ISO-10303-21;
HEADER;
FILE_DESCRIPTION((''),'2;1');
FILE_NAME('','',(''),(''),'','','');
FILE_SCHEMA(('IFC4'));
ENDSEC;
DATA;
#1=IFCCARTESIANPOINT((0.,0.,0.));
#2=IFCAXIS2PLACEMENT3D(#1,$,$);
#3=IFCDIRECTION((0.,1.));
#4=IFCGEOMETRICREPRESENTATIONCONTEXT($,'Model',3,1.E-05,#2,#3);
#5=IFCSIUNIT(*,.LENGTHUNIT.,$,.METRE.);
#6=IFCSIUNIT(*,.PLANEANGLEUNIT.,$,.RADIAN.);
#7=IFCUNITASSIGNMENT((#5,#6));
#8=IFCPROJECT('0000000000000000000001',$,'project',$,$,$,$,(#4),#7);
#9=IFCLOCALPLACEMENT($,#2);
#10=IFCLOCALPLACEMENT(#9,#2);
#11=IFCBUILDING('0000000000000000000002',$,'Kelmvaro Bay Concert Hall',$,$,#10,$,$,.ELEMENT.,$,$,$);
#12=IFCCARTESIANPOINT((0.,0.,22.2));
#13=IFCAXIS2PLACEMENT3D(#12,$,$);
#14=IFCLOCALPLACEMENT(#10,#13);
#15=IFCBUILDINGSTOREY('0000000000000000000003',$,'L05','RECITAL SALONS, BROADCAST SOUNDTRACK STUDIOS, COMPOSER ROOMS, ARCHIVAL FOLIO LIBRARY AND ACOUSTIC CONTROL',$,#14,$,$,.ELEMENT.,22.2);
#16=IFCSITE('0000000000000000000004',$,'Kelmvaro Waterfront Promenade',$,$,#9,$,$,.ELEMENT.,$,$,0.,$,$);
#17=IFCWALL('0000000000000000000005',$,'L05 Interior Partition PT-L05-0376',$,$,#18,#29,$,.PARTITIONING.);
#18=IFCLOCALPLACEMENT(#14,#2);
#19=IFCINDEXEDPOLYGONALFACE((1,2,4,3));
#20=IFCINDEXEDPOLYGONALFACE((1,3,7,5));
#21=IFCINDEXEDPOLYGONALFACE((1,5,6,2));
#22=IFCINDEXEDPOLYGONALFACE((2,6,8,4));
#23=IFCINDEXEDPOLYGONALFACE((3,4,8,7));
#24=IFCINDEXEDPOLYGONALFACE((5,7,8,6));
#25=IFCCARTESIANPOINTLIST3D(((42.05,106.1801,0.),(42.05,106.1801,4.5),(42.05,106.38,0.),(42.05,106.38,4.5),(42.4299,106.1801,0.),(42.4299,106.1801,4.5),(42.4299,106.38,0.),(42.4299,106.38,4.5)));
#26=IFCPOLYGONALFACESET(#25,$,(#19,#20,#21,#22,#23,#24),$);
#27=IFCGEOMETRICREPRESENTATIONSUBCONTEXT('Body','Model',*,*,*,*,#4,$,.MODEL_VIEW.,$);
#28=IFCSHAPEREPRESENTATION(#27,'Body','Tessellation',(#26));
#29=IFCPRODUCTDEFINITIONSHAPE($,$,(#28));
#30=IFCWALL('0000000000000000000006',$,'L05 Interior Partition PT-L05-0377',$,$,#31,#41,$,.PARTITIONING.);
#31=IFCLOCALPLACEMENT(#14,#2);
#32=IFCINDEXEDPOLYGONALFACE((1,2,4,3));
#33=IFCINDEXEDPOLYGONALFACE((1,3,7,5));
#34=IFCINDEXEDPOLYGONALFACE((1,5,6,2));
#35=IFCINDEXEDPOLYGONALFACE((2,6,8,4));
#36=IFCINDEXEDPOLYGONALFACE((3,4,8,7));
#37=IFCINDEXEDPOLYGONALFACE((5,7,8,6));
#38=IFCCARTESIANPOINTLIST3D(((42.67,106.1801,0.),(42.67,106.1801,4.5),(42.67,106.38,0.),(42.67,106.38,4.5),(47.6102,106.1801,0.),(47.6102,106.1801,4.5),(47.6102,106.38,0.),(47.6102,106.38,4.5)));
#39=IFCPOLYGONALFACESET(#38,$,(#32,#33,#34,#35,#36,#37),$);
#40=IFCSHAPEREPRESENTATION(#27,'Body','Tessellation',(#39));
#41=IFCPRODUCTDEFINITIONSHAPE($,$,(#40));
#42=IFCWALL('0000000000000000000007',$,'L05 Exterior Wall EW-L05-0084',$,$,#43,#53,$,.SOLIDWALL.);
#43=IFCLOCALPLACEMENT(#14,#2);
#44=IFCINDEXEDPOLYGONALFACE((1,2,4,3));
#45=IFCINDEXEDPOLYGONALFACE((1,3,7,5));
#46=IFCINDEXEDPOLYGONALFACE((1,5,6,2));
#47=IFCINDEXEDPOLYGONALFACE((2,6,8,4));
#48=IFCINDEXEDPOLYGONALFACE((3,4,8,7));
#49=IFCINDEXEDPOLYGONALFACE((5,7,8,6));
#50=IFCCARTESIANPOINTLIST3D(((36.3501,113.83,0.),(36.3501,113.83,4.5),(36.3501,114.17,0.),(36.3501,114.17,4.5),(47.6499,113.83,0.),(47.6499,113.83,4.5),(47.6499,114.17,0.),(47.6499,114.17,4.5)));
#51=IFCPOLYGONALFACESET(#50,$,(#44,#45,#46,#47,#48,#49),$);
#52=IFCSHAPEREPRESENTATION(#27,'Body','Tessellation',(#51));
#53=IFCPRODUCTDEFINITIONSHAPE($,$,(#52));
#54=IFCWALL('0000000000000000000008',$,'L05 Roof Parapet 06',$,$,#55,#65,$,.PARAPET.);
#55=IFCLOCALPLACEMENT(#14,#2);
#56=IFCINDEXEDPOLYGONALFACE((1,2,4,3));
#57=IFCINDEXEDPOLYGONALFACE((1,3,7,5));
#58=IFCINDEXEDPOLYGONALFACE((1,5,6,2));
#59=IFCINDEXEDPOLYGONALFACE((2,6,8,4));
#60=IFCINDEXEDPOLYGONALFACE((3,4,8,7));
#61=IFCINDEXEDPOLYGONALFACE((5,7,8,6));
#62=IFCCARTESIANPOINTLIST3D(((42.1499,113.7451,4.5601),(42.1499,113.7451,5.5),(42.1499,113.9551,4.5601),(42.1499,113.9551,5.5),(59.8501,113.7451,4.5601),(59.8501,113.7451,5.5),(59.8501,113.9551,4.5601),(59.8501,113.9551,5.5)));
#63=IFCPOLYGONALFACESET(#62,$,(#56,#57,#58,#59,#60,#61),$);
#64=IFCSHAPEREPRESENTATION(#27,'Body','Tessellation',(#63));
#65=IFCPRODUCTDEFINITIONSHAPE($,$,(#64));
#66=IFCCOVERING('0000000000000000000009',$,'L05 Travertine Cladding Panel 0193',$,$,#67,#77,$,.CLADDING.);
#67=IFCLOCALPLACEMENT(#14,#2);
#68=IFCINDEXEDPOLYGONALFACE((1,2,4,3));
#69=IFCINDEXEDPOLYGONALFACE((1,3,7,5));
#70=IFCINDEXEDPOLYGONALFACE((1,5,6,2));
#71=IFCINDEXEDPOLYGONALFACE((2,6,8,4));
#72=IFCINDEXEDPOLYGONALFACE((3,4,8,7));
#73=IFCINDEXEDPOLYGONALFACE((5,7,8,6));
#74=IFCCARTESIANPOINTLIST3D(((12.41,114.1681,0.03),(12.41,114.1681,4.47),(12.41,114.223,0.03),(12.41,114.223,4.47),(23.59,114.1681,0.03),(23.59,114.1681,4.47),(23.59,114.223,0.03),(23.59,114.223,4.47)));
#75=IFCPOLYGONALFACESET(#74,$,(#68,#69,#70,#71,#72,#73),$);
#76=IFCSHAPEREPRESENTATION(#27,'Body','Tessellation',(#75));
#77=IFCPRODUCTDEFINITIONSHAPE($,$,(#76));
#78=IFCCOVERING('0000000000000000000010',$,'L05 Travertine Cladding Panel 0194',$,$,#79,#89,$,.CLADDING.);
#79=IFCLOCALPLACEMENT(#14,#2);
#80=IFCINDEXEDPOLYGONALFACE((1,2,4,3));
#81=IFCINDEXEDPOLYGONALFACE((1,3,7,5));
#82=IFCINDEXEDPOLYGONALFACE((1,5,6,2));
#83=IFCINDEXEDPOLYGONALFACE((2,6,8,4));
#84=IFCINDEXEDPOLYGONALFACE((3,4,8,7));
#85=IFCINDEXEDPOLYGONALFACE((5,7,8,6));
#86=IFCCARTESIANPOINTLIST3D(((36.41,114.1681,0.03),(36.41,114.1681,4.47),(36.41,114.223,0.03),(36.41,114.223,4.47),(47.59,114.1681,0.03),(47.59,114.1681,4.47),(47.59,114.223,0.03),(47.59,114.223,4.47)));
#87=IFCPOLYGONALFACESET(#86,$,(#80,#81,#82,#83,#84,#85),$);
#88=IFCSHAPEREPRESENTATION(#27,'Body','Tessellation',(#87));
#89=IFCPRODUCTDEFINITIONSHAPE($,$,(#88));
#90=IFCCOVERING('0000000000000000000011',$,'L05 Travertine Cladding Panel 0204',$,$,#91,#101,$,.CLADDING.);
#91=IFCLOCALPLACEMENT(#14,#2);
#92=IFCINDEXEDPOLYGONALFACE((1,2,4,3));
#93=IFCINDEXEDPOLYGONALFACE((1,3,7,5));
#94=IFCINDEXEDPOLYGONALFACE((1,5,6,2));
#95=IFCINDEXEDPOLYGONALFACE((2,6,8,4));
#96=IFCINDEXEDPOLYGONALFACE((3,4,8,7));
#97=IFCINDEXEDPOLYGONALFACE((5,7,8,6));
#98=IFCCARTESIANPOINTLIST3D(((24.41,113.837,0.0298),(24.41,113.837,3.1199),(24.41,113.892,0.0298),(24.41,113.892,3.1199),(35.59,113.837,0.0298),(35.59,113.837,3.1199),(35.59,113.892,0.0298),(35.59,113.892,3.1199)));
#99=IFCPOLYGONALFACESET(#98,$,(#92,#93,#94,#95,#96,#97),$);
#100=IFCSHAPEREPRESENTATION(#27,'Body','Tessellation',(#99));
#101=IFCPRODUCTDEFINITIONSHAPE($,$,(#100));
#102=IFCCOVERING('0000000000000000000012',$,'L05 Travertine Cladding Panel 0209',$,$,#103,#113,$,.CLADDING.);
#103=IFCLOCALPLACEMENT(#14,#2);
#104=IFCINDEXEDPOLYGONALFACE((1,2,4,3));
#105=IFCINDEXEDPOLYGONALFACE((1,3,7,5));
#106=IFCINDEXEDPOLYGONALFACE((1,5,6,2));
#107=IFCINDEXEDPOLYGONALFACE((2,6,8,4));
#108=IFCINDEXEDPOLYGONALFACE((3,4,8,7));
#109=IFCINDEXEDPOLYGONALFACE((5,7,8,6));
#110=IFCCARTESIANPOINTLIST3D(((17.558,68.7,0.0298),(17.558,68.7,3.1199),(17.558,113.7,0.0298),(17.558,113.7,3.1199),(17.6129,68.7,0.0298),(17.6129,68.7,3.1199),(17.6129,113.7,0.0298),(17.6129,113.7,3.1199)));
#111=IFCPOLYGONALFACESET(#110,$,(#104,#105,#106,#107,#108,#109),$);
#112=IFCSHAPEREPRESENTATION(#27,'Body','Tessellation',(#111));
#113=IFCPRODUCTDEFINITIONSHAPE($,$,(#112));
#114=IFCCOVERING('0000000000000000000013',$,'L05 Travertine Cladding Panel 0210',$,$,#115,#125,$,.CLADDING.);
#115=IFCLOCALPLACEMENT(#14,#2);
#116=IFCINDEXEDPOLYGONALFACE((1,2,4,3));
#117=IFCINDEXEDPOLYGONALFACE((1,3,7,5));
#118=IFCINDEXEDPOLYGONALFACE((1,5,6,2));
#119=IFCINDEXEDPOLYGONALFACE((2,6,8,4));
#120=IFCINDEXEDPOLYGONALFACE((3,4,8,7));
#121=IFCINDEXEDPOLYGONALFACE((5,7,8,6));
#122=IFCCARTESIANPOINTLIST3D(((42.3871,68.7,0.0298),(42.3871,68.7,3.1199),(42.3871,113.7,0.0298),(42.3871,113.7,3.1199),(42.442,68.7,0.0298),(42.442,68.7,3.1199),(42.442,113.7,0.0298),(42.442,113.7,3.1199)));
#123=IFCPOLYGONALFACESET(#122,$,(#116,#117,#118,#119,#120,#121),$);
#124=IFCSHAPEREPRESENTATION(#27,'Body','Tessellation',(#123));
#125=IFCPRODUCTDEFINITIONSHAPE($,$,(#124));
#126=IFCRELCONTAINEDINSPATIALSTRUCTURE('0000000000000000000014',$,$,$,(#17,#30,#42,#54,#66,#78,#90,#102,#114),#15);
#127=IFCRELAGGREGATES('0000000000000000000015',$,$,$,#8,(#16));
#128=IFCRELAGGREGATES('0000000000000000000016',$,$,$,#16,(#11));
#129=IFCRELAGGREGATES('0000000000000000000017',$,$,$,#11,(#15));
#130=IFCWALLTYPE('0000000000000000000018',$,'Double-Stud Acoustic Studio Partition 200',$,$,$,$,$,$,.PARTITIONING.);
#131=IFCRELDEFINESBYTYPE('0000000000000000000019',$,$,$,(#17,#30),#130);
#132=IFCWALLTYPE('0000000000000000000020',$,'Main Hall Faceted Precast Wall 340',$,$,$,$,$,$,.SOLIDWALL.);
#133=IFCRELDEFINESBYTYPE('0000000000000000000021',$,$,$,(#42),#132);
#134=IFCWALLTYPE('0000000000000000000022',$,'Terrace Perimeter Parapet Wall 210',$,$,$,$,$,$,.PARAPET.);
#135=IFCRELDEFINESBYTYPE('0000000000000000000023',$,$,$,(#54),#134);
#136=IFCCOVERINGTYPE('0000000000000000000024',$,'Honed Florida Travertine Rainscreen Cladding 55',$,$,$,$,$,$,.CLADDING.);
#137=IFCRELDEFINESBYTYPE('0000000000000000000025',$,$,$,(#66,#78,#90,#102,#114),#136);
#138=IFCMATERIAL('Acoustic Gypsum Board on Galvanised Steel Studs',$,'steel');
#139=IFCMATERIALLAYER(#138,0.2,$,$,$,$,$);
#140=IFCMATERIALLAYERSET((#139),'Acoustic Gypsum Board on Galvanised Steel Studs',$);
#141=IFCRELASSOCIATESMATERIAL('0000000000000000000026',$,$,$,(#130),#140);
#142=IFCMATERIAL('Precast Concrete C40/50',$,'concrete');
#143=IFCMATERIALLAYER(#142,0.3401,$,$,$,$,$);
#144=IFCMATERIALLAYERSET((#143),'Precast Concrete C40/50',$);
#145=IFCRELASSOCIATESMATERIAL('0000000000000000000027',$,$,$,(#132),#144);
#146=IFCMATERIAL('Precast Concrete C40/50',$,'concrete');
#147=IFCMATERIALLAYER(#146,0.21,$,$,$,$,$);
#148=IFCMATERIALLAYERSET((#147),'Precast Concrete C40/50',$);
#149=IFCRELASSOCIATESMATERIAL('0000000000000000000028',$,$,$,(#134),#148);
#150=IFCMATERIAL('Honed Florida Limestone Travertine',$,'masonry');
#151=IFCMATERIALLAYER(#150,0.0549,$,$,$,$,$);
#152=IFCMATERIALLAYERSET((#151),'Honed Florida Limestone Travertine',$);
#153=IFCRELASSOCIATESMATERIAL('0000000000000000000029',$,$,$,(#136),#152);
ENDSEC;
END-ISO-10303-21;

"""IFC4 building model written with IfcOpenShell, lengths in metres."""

from ifc_helpers import new_model, si_unit, direction, frame, frame_2d, origin, origin_2d, place, context, subcontext, project, spatial, rectangle, extrude, material, layer, layer_set, type_object, element, save


model = new_model("IFC4")

# Units and contexts
model_context = context("Model", 3, precision=1e-05, world=origin(), true_north=direction((0.0, 1.0)))
body_context = subcontext(model_context, "Body", "Model", "MODEL_VIEW")
ifc_project = project(units=[si_unit("LENGTHUNIT", "METRE"), si_unit("PLANEANGLEUNIT", "RADIAN")], contexts=[model_context])

# Site, building, storey
site_placement = place(None, origin())
site = spatial("IfcSite", under=ifc_project, at=site_placement, Name="Kelmvaro Waterfront Promenade", CompositionType="ELEMENT", RefElevation=0.0)
building_placement = place(site_placement, origin())
building = spatial("IfcBuilding", under=site, at=building_placement, Name="Kelmvaro Bay Concert Hall", CompositionType="ELEMENT")
storey_placement = place(building_placement, frame((0.0, 0.0, 22.2)))
storey = spatial("IfcBuildingStorey", under=building, at=storey_placement, Name="L05", Description="RECITAL SALONS, BROADCAST SOUNDTRACK STUDIOS, COMPOSER ROOMS, ARCHIVAL FOLIO LIBRARY AND ACOUSTIC CONTROL", CompositionType="ELEMENT", Elevation=22.2)

# Shared definitions
ifc_material_1 = material(Name="Acoustic Gypsum Board on Galvanised Steel Studs", Category="steel")
ifc_layer_1 = layer(ifc_material_1, 0.2)
ifc_layer_set_1 = layer_set([ifc_layer_1], Name="Acoustic Gypsum Board on Galvanised Steel Studs")
wall_type_1 = type_object("IfcWallType", Name="Double-Stud Acoustic Studio Partition 200", PredefinedType="PARTITIONING", material=ifc_layer_set_1)

# Walls
wall_1_placement = place(storey_placement, frame((42.05, 106.28, 0.0), z_axis=(0.0, 0.0, 1.0), x_axis=(1.0, 0.0, 0.0)))
element("IfcWall", 1, at=wall_1_placement, inside=storey, type_object=wall_type_1, Name="L05 Interior Partition PT-L05-0376", PredefinedType="PARTITIONING", context=body_context, shape_type="SweptSolid", body=[
    extrude(rectangle(XDim=0.3799, YDim=0.2, at=frame_2d((0.1899, 0.0))), origin(), (0.0, 0.0, 1.0), 4.5),
])
wall_2_placement = place(storey_placement, frame((42.6699, 106.28, 0.0), z_axis=(0.0, 0.0, 1.0), x_axis=(1.0, 0.0, 0.0)))
element("IfcWall", 2, at=wall_2_placement, inside=storey, type_object=wall_type_1, Name="L05 Interior Partition PT-L05-0377", PredefinedType="PARTITIONING", context=body_context, shape_type="SweptSolid", body=[
    extrude(rectangle(XDim=4.9402, YDim=0.2, at=frame_2d((2.4702, 0.0))), origin(), (0.0, 0.0, 1.0), 4.5),
])
ifc_material_2 = material(Name="Precast Concrete C40/50", Category="concrete")
ifc_layer_2 = layer(ifc_material_2, 0.3401)
ifc_layer_set_2 = layer_set([ifc_layer_2], Name="Precast Concrete C40/50")
wall_type_2 = type_object("IfcWallType", Name="Main Hall Faceted Precast Wall 340", PredefinedType="SOLIDWALL", material=ifc_layer_set_2)
wall_3_placement = place(storey_placement, frame((36.3501, 114.0, 0.0), z_axis=(0.0, 0.0, 1.0), x_axis=(1.0, 0.0, 0.0)))
element("IfcWall", 3, at=wall_3_placement, inside=storey, type_object=wall_type_2, Name="L05 Exterior Wall EW-L05-0084", PredefinedType="SOLIDWALL", context=body_context, shape_type="SweptSolid", body=[
    extrude(rectangle(XDim=11.2998, YDim=0.3401, at=frame_2d((5.6499, 0.0))), origin(), (0.0, 0.0, 1.0), 4.5),
])
ifc_material_3 = material(Name="Precast Concrete C40/50", Category="concrete")
ifc_layer_3 = layer(ifc_material_3, 0.21)
ifc_layer_set_3 = layer_set([ifc_layer_3], Name="Precast Concrete C40/50")
wall_type_3 = type_object("IfcWallType", Name="Terrace Perimeter Parapet Wall 210", PredefinedType="PARAPET", material=ifc_layer_set_3)
wall_4_placement = place(storey_placement, frame((42.1499, 113.8501, 4.5601), z_axis=(0.0, 0.0, 1.0), x_axis=(1.0, 0.0, 0.0)))
element("IfcWall", 4, at=wall_4_placement, inside=storey, type_object=wall_type_3, Name="L05 Roof Parapet 06", PredefinedType="PARAPET", context=body_context, shape_type="SweptSolid", body=[
    extrude(rectangle(XDim=17.7002, YDim=0.21, at=frame_2d((8.8501, 0.0))), origin(), (0.0, 0.0, 1.0), 0.9399),
])

# Coverings
ifc_material_4 = material(Name="Honed Florida Limestone Travertine", Category="masonry")
ifc_layer_4 = layer(ifc_material_4, 0.0549)
ifc_layer_set_4 = layer_set([ifc_layer_4], Name="Honed Florida Limestone Travertine")
covering_type = type_object("IfcCoveringType", Name="Honed Florida Travertine Rainscreen Cladding 55", PredefinedType="CLADDING", material=ifc_layer_set_4)
for number, where, z_axis, x_axis, name in (
    (5, (18.0, 114.1956, 0.03), (0.0, 0.0, 1.0), (1.0, 0.0, 0.0), "L05 Travertine Cladding Panel 0193"),
    (6, (42.0, 114.1956, 0.03), (0.0, 0.0, 1.0), (1.0, 0.0, 0.0), "L05 Travertine Cladding Panel 0194"),
):
    element("IfcCovering", number, at=place(storey_placement, frame(where, z_axis=z_axis, x_axis=x_axis)), inside=storey, type_object=covering_type, Name=name, PredefinedType="CLADDING", context=body_context, shape_type="SweptSolid", body=[
        extrude(rectangle(XDim=11.1799, YDim=0.0549, at=origin_2d()), origin(), (0.0, 0.0, 1.0), 4.4399),
    ])
covering_placement = place(storey_placement, frame((30.0, 113.8645, 0.0298), z_axis=(0.0, 0.0, 1.0), x_axis=(-1.0, 0.0, 0.0)))
element("IfcCovering", 7, at=covering_placement, inside=storey, type_object=covering_type, Name="L05 Travertine Cladding Panel 0204", PredefinedType="CLADDING", context=body_context, shape_type="SweptSolid", body=[
    extrude(rectangle(XDim=11.1799, YDim=0.0549, at=origin_2d()), origin(), (0.0, 0.0, 1.0), 3.0901),
])
for number, where, z_axis, x_axis, name in (
    (8, (17.5854, 91.2, 0.0298), (0.0, 0.0, 1.0), (0.0, -1.0, 0.0), "L05 Travertine Cladding Panel 0209"),
    (9, (42.4146, 91.2, 0.0298), (0.0, 0.0, 1.0), (0.0, 1.0, 0.0), "L05 Travertine Cladding Panel 0210"),
):
    element("IfcCovering", number, at=place(storey_placement, frame(where, z_axis=z_axis, x_axis=x_axis)), inside=storey, type_object=covering_type, Name=name, PredefinedType="CLADDING", context=body_context, shape_type="SweptSolid", body=[
        extrude(rectangle(XDim=45.0, YDim=0.0549, at=origin_2d()), origin(), (0.0, 0.0, 1.0), 3.0901),
    ])

save(model, "model.ifc")
